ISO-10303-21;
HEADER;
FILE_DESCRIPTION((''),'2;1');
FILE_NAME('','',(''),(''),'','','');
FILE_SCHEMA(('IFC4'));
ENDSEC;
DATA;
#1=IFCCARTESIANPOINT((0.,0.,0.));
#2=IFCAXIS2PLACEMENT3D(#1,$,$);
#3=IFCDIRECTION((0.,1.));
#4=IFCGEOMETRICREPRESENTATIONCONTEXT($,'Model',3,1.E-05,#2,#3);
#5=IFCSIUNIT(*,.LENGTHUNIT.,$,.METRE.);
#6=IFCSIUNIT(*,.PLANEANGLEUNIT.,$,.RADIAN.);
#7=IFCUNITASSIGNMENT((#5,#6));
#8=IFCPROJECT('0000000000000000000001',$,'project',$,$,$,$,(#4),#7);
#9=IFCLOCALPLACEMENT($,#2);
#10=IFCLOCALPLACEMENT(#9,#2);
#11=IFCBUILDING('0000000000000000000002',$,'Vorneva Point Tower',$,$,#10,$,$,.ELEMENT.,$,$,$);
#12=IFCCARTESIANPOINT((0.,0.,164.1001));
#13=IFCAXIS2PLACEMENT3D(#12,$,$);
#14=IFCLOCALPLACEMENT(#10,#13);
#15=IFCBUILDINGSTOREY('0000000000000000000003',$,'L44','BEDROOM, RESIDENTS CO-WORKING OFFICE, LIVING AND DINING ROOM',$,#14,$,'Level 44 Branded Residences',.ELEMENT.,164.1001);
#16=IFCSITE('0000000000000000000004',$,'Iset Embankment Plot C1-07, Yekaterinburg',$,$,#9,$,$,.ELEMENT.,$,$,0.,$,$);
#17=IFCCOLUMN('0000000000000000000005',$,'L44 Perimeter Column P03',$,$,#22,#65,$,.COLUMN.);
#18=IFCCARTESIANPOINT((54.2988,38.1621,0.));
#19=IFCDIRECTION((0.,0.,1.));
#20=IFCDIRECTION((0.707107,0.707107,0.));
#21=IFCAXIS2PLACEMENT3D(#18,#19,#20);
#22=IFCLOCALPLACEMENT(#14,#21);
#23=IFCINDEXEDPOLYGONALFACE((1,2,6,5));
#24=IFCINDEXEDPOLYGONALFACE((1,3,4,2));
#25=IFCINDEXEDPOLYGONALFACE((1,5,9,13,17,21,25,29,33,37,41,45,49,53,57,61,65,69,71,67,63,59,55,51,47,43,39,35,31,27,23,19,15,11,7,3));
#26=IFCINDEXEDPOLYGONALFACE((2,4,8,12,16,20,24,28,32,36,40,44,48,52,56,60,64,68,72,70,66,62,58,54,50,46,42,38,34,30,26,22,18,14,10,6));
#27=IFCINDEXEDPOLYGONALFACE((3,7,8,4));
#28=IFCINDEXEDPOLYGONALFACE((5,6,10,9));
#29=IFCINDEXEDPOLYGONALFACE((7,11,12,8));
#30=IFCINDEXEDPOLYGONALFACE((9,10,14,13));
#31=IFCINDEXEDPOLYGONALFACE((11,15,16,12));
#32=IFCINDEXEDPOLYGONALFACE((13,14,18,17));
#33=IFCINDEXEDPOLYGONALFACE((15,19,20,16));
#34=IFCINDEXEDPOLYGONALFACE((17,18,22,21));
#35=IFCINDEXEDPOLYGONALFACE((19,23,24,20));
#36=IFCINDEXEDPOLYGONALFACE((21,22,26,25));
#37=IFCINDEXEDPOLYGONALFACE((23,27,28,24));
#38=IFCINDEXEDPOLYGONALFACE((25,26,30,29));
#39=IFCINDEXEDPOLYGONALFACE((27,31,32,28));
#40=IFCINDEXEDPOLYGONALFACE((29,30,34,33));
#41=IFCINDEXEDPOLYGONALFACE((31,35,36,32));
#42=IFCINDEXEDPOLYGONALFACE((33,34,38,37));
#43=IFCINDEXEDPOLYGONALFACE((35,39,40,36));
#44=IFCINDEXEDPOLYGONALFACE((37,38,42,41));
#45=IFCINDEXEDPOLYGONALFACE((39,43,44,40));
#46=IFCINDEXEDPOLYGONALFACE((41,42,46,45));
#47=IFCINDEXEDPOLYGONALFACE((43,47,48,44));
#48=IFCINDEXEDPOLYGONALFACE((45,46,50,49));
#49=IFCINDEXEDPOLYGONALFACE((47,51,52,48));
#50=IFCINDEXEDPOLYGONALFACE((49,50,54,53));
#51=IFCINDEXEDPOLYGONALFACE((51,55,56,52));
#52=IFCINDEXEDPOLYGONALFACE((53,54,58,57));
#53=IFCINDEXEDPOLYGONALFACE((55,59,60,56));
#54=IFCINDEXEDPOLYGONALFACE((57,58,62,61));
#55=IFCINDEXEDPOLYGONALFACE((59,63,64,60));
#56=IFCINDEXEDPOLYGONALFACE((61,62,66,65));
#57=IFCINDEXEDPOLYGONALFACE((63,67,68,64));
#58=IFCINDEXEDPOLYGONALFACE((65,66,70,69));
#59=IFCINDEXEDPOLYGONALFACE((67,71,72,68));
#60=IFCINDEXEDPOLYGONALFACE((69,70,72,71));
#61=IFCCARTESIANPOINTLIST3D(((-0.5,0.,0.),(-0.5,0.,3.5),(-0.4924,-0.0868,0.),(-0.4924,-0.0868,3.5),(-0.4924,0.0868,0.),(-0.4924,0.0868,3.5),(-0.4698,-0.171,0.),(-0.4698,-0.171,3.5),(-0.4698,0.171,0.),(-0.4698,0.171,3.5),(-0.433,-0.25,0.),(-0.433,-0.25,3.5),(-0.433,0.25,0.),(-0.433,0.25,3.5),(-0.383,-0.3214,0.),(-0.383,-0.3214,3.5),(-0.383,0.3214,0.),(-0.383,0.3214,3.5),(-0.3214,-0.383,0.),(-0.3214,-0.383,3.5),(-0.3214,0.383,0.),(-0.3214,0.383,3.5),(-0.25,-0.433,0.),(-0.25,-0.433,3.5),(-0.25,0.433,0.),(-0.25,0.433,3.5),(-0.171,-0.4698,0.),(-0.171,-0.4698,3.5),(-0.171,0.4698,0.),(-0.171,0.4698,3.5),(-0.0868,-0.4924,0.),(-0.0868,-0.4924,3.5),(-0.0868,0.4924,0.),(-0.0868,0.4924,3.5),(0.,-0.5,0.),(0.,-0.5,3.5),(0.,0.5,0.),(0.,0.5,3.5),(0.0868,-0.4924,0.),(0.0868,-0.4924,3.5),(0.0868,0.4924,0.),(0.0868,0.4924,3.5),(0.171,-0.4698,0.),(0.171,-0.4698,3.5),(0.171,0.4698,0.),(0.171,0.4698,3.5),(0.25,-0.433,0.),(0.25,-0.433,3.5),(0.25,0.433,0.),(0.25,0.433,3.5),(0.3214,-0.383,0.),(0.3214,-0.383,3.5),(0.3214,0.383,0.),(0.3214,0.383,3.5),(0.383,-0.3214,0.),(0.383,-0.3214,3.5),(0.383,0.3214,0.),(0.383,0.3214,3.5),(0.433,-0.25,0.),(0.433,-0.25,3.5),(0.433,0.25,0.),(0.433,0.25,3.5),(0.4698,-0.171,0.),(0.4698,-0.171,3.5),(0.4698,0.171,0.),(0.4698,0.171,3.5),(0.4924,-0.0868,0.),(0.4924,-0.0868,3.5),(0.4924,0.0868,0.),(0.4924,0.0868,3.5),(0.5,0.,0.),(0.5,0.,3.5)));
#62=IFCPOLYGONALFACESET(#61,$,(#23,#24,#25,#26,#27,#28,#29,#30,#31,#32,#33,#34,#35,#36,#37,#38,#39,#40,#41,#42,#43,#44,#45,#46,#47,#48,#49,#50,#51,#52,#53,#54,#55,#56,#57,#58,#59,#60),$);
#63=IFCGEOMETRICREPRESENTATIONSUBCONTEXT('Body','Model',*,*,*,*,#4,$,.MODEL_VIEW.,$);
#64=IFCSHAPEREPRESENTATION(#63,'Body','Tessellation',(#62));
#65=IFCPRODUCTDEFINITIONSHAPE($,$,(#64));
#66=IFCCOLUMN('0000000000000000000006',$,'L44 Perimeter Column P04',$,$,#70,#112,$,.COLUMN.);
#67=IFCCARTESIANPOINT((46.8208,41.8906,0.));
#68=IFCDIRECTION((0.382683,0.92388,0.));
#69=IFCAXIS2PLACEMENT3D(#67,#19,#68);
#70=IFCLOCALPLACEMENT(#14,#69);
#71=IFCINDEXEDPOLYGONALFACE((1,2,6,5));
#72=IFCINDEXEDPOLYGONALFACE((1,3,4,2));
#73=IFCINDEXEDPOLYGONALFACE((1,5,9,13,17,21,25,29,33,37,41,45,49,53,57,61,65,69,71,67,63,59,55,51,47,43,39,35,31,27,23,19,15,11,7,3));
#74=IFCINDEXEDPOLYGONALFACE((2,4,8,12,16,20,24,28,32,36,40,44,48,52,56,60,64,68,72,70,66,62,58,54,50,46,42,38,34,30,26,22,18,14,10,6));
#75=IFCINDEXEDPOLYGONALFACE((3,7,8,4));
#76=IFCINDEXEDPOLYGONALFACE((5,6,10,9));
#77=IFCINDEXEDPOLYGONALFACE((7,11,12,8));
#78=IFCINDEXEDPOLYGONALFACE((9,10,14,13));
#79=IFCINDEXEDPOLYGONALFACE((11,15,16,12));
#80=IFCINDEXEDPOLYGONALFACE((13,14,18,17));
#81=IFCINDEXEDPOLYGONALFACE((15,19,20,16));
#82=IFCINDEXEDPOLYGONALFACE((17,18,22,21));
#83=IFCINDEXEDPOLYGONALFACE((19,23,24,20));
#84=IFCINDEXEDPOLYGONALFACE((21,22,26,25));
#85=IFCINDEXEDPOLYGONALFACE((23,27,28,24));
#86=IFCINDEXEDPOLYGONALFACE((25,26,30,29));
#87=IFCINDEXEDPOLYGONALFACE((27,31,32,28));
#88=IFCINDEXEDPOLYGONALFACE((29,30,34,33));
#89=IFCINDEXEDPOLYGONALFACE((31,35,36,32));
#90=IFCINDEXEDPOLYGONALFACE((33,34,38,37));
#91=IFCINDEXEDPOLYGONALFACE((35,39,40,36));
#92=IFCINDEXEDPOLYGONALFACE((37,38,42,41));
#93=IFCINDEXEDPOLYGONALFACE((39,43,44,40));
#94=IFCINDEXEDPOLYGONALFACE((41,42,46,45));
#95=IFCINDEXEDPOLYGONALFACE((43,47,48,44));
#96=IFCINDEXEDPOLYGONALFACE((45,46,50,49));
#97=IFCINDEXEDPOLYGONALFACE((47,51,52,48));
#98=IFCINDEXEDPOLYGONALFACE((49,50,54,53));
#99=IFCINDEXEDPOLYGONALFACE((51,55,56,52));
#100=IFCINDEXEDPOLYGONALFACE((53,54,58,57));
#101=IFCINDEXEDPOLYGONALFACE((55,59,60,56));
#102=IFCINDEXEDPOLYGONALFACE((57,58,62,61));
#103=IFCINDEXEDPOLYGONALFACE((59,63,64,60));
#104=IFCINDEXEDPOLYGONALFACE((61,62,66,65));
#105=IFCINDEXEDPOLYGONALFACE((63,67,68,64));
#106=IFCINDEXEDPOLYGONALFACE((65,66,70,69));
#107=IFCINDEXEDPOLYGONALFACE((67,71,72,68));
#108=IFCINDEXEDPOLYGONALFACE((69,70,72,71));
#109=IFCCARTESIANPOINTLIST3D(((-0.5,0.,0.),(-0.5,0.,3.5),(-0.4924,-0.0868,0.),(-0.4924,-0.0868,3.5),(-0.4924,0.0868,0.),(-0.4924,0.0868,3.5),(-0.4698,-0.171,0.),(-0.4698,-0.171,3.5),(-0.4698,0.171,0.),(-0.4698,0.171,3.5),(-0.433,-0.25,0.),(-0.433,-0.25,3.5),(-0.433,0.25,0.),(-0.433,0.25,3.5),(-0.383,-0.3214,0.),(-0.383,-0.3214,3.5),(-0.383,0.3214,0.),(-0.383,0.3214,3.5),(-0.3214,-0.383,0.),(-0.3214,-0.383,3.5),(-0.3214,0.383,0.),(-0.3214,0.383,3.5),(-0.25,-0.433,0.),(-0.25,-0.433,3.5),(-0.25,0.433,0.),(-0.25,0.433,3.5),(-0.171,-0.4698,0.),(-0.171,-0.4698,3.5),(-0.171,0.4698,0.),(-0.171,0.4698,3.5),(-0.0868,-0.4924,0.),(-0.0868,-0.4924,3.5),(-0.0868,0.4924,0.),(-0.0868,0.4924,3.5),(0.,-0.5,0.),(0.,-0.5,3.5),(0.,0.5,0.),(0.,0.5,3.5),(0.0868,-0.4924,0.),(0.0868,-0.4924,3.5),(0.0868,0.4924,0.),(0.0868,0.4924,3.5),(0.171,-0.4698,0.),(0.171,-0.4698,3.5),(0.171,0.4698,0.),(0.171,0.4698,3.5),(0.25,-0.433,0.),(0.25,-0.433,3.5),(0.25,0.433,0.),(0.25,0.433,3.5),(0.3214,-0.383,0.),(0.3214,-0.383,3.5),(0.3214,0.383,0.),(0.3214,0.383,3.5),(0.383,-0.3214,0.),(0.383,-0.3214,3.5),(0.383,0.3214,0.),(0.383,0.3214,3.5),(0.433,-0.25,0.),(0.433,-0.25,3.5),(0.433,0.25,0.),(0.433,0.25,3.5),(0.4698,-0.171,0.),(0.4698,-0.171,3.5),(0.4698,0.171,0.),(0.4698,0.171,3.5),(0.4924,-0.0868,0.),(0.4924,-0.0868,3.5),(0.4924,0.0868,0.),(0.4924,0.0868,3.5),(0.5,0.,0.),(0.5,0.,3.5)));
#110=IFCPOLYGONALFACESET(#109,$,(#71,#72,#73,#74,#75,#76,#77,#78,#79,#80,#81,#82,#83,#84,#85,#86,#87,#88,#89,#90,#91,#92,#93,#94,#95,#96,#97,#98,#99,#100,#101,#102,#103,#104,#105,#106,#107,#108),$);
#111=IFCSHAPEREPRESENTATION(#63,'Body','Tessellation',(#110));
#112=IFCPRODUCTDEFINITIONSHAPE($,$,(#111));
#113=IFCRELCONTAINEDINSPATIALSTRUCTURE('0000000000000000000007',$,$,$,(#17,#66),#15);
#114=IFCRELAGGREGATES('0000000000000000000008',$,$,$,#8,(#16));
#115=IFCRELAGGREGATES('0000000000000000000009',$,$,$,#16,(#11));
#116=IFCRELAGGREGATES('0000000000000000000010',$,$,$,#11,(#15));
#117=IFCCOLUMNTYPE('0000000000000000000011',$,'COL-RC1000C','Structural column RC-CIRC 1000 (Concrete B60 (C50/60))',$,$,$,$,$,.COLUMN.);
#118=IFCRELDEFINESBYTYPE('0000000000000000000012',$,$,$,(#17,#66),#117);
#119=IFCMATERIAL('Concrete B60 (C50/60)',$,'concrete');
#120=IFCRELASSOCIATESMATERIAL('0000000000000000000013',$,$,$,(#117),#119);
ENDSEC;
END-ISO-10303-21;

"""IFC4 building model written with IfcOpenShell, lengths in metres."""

from ifc_helpers import new_model, si_unit, direction, frame, origin, origin_2d, place, context, subcontext, project, spatial, circle, extrude, material, material_profile, profile_set, type_object, element, save


model = new_model("IFC4")

# Units and contexts
model_context = context("Model", 3, precision=1e-05, world=origin(), true_north=direction((0.0, 1.0)))
body_context = subcontext(model_context, "Body", "Model", "MODEL_VIEW")
ifc_project = project(units=[si_unit("LENGTHUNIT", "METRE"), si_unit("PLANEANGLEUNIT", "RADIAN")], contexts=[model_context])

# Site, building, storey
site_placement = place(None, origin())
site = spatial("IfcSite", under=ifc_project, at=site_placement, Name="Iset Embankment Plot C1-07, Yekaterinburg", CompositionType="ELEMENT", RefElevation=0.0)
building_placement = place(site_placement, origin())
building = spatial("IfcBuilding", under=site, at=building_placement, Name="Vorneva Point Tower", CompositionType="ELEMENT")
storey_placement = place(building_placement, frame((0.0, 0.0, 164.1001)))
storey = spatial("IfcBuildingStorey", under=building, at=storey_placement, Name="L44", Description="BEDROOM, RESIDENTS CO-WORKING OFFICE, LIVING AND DINING ROOM", LongName="Level 44 Branded Residences", CompositionType="ELEMENT", Elevation=164.1001)

# Columns
ifc_material_1 = material(Name="Concrete B60 (C50/60)", Category="concrete")
ifc_material_profile_1 = material_profile(ifc_material_1, circle(Radius=0.5, at=origin_2d()), Name="RC-CIRC 1000")
ifc_profile_set_1 = profile_set([ifc_material_profile_1], Name="Concrete B60 (C50/60)")
column_type = type_object("IfcColumnType", Name="COL-RC1000C", Description="Structural column RC-CIRC 1000 (Concrete B60 (C50/60))", PredefinedType="COLUMN", material=ifc_profile_set_1)
for number, where, z_axis, x_axis, name in (
    (1, (54.2988, 38.1621, 0.0), (0.0, 0.0, 1.0), (0.707107, 0.707107, 0.0), "L44 Perimeter Column P03"),
    (2, (46.8208, 41.8906, 0.0), (0.0, 0.0, 1.0), (0.382683, 0.92388, 0.0), "L44 Perimeter Column P04"),
):
    element("IfcColumn", number, at=place(storey_placement, frame(where, z_axis=z_axis, x_axis=x_axis)), inside=storey, type_object=column_type, Name=name, PredefinedType="COLUMN", context=body_context, shape_type="SweptSolid", body=[
        extrude(circle(Radius=0.5, at=origin_2d()), origin(), (0.0, 0.0, 1.0), 3.5),
    ])

save(model, "model.ifc")
